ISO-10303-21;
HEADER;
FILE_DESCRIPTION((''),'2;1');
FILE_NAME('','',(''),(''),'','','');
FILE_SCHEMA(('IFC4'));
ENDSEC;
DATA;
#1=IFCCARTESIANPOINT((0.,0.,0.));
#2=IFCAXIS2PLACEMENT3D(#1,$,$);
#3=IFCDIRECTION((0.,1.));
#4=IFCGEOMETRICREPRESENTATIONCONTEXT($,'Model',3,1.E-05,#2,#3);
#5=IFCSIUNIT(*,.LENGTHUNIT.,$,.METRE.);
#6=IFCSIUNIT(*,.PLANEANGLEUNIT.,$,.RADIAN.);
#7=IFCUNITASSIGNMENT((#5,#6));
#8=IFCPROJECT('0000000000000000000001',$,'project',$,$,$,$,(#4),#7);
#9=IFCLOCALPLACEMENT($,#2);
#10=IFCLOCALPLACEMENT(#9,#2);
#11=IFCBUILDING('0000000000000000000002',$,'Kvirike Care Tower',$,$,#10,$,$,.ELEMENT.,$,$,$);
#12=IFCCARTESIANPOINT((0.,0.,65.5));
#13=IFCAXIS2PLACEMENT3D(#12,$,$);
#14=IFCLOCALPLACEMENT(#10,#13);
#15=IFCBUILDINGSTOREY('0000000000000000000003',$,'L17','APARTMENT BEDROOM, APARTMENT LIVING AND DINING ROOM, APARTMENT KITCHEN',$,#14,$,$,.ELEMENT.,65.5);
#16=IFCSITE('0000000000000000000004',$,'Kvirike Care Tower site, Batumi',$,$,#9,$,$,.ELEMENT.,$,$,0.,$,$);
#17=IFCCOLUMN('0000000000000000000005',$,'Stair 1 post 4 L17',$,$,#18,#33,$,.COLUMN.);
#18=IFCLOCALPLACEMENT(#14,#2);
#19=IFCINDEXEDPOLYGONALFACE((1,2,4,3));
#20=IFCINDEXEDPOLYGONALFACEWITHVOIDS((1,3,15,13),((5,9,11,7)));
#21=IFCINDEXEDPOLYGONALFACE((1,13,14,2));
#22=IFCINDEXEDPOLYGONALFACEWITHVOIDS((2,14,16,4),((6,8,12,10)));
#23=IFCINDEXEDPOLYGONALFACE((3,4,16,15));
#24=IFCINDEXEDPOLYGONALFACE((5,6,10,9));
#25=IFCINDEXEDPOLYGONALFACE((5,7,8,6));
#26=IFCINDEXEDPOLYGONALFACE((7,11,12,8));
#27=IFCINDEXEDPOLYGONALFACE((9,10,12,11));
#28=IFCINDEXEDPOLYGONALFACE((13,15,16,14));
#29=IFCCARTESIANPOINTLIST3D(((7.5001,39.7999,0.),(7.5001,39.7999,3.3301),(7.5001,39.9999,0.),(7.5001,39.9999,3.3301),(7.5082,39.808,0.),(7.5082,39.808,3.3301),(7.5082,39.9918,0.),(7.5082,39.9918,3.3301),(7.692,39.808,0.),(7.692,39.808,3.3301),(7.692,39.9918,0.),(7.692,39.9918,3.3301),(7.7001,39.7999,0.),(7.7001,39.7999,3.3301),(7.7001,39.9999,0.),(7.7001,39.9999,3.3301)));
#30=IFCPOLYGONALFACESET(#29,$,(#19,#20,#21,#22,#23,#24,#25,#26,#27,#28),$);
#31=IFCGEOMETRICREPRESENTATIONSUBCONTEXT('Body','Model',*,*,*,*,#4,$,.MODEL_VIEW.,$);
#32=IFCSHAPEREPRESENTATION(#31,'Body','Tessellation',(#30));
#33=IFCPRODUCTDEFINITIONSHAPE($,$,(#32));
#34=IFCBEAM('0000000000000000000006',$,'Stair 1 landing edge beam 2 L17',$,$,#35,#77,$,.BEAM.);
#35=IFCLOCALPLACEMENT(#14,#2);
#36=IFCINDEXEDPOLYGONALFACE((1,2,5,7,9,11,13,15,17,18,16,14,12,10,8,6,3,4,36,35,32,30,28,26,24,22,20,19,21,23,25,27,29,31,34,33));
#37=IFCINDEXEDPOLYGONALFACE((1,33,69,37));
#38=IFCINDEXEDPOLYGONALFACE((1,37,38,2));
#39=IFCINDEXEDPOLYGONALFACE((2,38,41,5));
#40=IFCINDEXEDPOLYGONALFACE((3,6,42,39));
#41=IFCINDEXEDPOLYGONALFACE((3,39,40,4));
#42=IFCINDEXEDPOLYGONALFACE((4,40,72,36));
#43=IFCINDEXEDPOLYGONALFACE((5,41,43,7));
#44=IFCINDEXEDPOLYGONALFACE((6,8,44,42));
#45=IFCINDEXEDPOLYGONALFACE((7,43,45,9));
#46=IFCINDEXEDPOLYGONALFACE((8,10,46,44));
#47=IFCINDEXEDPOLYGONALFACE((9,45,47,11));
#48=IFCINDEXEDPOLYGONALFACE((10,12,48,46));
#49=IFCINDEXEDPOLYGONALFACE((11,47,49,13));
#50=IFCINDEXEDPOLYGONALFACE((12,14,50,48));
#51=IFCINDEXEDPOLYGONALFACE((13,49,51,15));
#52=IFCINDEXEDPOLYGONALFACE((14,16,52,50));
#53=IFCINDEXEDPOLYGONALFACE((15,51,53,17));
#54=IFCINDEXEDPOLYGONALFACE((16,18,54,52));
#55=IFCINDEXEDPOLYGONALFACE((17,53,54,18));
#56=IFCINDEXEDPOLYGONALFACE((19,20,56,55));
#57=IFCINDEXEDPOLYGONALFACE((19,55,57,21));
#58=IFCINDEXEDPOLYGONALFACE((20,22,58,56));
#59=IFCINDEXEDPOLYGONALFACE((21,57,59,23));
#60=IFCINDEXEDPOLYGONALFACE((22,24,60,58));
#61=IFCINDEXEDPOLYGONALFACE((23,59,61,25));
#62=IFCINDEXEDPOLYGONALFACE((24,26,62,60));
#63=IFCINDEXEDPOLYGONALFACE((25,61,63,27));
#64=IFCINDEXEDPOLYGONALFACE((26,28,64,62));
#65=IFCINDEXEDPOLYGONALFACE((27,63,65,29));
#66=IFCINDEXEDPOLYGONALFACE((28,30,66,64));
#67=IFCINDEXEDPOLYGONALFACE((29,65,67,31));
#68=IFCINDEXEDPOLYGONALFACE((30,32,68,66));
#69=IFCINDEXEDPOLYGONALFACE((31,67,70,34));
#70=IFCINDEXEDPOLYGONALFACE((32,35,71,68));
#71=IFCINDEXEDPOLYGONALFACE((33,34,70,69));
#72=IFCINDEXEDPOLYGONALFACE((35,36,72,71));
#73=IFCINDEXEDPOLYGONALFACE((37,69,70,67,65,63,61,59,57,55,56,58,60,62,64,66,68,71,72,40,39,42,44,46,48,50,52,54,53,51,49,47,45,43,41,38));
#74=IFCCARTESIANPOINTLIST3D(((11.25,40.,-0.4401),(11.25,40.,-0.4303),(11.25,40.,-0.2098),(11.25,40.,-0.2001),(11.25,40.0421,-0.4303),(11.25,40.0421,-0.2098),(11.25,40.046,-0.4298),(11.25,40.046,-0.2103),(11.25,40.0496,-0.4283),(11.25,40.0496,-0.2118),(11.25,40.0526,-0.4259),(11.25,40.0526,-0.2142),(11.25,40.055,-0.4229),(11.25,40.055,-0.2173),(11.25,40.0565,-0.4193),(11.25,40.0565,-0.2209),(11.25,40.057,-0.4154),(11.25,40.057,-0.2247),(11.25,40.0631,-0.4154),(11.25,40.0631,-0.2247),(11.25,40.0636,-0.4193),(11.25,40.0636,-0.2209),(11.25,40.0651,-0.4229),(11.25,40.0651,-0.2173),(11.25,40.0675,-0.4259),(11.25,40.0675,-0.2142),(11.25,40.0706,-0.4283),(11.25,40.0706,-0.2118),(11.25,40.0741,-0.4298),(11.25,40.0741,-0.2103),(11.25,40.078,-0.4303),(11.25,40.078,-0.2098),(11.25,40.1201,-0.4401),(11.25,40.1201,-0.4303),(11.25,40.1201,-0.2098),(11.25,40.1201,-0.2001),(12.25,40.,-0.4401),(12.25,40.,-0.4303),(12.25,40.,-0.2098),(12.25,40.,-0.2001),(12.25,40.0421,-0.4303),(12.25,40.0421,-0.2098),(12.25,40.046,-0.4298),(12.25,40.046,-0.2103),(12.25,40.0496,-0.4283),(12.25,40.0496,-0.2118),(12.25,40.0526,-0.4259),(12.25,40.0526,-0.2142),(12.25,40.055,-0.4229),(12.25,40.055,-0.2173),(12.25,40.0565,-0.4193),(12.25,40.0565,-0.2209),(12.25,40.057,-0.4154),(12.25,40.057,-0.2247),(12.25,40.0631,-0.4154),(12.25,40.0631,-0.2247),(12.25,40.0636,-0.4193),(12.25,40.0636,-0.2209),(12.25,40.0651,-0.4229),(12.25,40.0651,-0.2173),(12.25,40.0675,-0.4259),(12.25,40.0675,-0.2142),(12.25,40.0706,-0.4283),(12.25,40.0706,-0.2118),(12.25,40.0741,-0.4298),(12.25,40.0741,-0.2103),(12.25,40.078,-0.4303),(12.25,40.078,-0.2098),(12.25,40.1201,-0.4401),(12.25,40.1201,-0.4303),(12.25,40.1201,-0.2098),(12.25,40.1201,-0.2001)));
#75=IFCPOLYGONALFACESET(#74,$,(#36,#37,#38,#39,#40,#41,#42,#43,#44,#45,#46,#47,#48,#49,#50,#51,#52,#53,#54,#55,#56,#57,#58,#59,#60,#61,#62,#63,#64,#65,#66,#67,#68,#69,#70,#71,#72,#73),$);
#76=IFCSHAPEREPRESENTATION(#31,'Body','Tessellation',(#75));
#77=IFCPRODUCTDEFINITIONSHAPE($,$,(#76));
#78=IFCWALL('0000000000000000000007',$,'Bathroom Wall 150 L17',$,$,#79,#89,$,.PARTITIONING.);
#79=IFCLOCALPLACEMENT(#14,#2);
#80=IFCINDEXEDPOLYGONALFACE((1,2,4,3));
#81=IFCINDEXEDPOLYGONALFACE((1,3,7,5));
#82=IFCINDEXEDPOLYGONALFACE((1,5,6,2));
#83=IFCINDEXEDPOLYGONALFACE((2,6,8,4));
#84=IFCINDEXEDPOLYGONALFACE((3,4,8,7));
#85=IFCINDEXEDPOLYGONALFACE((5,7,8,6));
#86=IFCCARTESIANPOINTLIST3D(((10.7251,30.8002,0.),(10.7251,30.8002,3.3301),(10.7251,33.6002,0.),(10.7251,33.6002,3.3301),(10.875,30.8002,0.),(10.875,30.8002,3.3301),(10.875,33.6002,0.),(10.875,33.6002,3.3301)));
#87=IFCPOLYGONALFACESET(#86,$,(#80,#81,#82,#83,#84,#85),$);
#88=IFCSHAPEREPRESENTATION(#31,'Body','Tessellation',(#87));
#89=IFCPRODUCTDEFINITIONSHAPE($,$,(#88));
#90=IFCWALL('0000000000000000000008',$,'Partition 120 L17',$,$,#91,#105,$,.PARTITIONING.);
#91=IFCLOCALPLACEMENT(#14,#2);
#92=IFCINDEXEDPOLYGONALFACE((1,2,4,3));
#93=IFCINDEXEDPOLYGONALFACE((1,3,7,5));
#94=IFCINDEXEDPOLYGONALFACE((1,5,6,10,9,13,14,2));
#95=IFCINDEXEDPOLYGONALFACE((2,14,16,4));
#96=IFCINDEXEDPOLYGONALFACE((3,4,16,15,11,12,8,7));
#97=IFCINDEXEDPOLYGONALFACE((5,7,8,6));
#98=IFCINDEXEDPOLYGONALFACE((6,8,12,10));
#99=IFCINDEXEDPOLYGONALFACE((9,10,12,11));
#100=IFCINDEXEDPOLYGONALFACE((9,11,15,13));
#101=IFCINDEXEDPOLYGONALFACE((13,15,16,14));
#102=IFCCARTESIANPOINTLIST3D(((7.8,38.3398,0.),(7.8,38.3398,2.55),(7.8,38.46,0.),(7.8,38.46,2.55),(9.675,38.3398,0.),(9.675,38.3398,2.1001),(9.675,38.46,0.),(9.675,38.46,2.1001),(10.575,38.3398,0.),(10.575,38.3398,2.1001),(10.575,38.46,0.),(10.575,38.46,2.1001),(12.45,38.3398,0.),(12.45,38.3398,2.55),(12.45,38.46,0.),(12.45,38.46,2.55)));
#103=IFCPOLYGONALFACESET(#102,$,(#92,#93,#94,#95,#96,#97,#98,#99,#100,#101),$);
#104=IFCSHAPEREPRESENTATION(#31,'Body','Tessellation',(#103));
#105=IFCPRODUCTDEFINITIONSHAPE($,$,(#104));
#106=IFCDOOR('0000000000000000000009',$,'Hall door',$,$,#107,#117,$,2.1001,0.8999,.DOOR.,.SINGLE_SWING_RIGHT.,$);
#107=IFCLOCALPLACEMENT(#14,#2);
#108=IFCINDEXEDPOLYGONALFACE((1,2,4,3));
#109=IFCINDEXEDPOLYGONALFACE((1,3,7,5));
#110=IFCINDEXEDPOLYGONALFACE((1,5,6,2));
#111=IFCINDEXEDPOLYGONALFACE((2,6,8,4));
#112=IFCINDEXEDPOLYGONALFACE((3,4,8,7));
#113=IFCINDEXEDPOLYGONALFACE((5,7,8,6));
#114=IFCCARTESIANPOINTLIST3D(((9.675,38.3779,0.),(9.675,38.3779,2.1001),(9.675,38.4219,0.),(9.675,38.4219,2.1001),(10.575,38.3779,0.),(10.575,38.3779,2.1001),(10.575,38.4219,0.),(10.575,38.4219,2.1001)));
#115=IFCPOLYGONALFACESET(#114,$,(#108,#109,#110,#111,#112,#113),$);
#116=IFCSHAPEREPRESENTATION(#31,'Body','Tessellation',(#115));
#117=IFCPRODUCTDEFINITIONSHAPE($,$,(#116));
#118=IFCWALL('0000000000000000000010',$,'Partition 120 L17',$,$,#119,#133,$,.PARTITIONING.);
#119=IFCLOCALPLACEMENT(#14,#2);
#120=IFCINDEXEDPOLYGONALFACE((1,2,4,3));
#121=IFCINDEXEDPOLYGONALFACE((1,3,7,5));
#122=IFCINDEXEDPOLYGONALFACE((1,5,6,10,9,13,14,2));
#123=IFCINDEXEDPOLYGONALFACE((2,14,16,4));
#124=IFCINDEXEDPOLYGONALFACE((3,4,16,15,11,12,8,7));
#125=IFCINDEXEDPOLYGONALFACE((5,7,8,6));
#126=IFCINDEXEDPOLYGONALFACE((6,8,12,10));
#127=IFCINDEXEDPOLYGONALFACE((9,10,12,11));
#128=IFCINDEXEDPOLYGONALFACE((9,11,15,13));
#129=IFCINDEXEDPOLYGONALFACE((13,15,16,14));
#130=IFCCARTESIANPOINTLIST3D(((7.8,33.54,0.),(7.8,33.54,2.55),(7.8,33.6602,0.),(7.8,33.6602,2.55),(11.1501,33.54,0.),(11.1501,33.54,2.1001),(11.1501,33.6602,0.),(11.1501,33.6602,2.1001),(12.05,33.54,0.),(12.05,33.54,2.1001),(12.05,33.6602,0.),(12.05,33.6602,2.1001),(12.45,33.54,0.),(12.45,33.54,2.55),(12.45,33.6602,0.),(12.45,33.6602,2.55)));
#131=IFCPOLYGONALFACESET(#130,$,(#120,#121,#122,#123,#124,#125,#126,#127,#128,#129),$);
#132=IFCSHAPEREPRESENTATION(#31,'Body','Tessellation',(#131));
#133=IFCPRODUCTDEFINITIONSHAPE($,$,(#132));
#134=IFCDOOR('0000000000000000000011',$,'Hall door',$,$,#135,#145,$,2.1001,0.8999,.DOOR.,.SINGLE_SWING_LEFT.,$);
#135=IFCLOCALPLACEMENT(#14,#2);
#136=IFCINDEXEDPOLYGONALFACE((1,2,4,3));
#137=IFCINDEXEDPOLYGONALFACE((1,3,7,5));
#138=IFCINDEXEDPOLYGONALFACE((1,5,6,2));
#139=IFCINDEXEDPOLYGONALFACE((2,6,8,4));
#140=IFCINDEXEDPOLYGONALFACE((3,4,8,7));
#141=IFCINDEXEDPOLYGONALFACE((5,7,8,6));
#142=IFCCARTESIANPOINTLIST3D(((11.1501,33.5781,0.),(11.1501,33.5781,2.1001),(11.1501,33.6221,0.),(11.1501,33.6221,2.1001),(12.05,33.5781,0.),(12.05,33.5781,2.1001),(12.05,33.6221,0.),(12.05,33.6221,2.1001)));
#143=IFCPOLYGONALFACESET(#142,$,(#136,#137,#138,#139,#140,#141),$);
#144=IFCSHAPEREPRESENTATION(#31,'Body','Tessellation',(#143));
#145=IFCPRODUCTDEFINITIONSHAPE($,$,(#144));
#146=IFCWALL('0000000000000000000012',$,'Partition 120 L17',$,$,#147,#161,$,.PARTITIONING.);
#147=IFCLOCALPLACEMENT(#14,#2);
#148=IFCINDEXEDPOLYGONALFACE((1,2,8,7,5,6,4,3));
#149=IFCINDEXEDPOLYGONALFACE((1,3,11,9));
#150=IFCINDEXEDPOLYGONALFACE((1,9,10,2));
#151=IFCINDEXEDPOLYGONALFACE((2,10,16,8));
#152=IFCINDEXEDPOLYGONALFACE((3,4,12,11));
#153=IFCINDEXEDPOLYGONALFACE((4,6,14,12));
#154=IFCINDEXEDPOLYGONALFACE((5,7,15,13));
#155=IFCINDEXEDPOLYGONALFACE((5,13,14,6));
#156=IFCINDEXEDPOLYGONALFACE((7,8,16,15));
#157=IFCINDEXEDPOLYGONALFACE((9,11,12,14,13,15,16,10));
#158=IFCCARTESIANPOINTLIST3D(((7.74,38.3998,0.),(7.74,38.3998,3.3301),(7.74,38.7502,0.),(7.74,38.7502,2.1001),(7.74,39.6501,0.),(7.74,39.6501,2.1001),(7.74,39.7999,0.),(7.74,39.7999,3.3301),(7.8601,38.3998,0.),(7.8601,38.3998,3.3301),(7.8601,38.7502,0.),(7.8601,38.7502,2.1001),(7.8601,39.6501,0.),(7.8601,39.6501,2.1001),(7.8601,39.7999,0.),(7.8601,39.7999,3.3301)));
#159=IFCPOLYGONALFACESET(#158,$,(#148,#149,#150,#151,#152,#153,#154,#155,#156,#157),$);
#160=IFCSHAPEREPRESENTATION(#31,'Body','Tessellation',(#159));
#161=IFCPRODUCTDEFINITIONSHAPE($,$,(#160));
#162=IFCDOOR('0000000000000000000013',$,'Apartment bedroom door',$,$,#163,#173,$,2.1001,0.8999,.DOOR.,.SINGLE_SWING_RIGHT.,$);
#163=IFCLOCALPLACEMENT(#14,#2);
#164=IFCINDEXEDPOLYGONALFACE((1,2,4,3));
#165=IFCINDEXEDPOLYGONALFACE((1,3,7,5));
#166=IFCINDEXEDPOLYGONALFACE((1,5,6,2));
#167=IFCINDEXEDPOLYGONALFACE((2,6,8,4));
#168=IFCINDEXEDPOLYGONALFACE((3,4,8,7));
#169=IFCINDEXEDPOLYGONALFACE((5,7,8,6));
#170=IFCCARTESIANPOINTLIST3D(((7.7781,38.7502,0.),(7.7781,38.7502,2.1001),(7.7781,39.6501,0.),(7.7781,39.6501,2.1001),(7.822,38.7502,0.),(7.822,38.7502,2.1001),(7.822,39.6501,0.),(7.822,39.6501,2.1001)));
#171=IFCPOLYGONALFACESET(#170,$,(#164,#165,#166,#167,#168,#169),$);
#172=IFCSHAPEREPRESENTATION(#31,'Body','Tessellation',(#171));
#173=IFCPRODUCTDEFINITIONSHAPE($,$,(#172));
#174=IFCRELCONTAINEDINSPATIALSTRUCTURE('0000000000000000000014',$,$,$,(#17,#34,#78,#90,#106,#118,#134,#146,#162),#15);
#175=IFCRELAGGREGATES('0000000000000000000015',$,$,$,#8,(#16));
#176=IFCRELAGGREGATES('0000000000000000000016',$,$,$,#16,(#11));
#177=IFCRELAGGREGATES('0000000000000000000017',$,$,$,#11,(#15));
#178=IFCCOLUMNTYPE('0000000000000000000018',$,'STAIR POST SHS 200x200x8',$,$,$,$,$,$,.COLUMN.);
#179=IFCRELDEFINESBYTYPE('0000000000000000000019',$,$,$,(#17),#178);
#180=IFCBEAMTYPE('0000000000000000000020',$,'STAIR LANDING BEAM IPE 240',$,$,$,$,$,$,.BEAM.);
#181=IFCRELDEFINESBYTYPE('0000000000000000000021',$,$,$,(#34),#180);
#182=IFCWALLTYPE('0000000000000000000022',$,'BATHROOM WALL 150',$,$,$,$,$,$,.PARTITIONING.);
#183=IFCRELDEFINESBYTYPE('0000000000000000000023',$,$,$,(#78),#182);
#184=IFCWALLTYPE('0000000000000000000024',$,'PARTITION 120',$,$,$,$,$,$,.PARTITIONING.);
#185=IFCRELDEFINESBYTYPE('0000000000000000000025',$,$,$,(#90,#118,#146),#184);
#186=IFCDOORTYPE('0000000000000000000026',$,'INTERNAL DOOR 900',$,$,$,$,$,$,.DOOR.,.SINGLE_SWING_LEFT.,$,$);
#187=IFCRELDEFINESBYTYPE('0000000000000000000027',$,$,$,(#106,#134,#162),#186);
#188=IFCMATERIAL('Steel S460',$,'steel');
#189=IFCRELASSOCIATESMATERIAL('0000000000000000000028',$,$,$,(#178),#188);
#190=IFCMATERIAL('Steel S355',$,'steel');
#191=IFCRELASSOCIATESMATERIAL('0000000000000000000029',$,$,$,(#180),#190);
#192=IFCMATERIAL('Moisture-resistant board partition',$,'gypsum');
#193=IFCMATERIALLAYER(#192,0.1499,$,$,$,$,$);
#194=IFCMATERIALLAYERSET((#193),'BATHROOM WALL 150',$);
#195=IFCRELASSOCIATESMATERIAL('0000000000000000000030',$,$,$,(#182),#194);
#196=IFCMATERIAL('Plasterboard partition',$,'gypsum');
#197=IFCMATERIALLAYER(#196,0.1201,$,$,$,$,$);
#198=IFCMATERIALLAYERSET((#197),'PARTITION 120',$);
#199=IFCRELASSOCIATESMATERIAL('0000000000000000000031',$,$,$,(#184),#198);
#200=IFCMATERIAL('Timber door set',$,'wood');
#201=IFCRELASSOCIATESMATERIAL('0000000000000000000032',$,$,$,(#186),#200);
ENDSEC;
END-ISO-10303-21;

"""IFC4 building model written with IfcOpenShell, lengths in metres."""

from ifc_helpers import new_model, si_unit, direction, frame, frame_2d, origin, origin_2d, place, context, subcontext, project, spatial, rectangle, hollow_rectangle, i_section, extrude, material, layer, layer_set, material_profile, profile_set, type_object, element, fill, save


model = new_model("IFC4")

# Units and contexts
model_context = context("Model", 3, precision=1e-05, world=origin(), true_north=direction((0.0, 1.0)))
body_context = subcontext(model_context, "Body", "Model", "MODEL_VIEW")
ifc_project = project(units=[si_unit("LENGTHUNIT", "METRE"), si_unit("PLANEANGLEUNIT", "RADIAN")], contexts=[model_context])

# Site, building, storey
site_placement = place(None, origin())
site = spatial("IfcSite", under=ifc_project, at=site_placement, Name="Kvirike Care Tower site, Batumi", CompositionType="ELEMENT", RefElevation=0.0)
building_placement = place(site_placement, origin())
building = spatial("IfcBuilding", under=site, at=building_placement, Name="Kvirike Care Tower", CompositionType="ELEMENT")
storey_placement = place(building_placement, frame((0.0, 0.0, 65.5)))
storey = spatial("IfcBuildingStorey", under=building, at=storey_placement, Name="L17", Description="APARTMENT BEDROOM, APARTMENT LIVING AND DINING ROOM, APARTMENT KITCHEN", CompositionType="ELEMENT", Elevation=65.5)

# Column
ifc_material_1 = material(Name="Steel S460", Category="steel")
ifc_material_profile_1 = material_profile(ifc_material_1, hollow_rectangle(XDim=0.2, YDim=0.2, WallThickness=0.0081, at=origin_2d()), Name="SHS 200x200x8")
ifc_profile_set_1 = profile_set([ifc_material_profile_1], Name="Steel S460")
column_type = type_object("IfcColumnType", Name="STAIR POST SHS 200x200x8", PredefinedType="COLUMN", material=ifc_profile_set_1)
column_placement = place(storey_placement, frame((7.6001, 39.8999, 0.0), z_axis=(0.0, 0.0, 1.0), x_axis=(1.0, 0.0, 0.0)))
element("IfcColumn", 1, at=column_placement, inside=storey, type_object=column_type, Name="Stair 1 post 4 L17", PredefinedType="COLUMN", context=body_context, shape_type="SweptSolid", body=[
    extrude(hollow_rectangle(XDim=0.2, YDim=0.2, WallThickness=0.0081, at=origin_2d()), origin(), (0.0, 0.0, 1.0), 3.3301),
])

# Beam
ifc_material_2 = material(Name="Steel S355", Category="steel")
ifc_material_profile_2 = material_profile(ifc_material_2, i_section(OverallWidth=0.1201, OverallDepth=0.24, WebThickness=0.0061, FlangeThickness=0.0098, FilletRadius=0.0149, at=origin_2d()), Name="IPE 240")
ifc_profile_set_2 = profile_set([ifc_material_profile_2], Name="Steel S355")
beam_type = type_object("IfcBeamType", Name="STAIR LANDING BEAM IPE 240", PredefinedType="BEAM", material=ifc_profile_set_2)
beam_placement = place(storey_placement, frame((11.25, 40.0601, -0.3201), z_axis=(1.0, 0.0, 0.0), x_axis=(0.0, 1.0, 0.0)))
element("IfcBeam", 2, at=beam_placement, inside=storey, type_object=beam_type, Name="Stair 1 landing edge beam 2 L17", PredefinedType="BEAM", context=body_context, shape_type="SweptSolid", body=[
    extrude(i_section(OverallWidth=0.1201, OverallDepth=0.24, WebThickness=0.0061, FlangeThickness=0.0098, FilletRadius=0.0149, at=origin_2d()), origin(), (0.0, 0.0, 1.0), 1.0),
])

# Wall
ifc_material_3 = material(Name="Moisture-resistant board partition", Category="gypsum")
ifc_layer_1 = layer(ifc_material_3, 0.1499)
ifc_layer_set_1 = layer_set([ifc_layer_1], Name="BATHROOM WALL 150")
wall_type_1 = type_object("IfcWallType", Name="BATHROOM WALL 150", PredefinedType="PARTITIONING", material=ifc_layer_set_1)
wall_1_placement = place(storey_placement, frame((10.8, 33.6001, 0.0), z_axis=(0.0, 0.0, 1.0), x_axis=(0.0, -1.0, 0.0)))
element("IfcWall", 3, at=wall_1_placement, inside=storey, type_object=wall_type_1, Name="Bathroom Wall 150 L17", PredefinedType="PARTITIONING", context=body_context, shape_type="SweptSolid", body=[
    extrude(rectangle(XDim=2.8, YDim=0.1499, at=frame_2d((1.3999, 0.0))), origin(), (0.0, 0.0, 1.0), 3.3301),
])

# Walls, openings, doors
ifc_material_4 = material(Name="Plasterboard partition", Category="gypsum")
ifc_layer_2 = layer(ifc_material_4, 0.1201)
ifc_layer_set_2 = layer_set([ifc_layer_2], Name="PARTITION 120")
wall_type_2 = type_object("IfcWallType", Name="PARTITION 120", PredefinedType="PARTITIONING", material=ifc_layer_set_2)
wall_2_placement = place(storey_placement, frame((7.8, 38.3999, 0.0), z_axis=(0.0, 0.0, 1.0), x_axis=(1.0, 0.0, 0.0)))
wall_2 = element("IfcWall", 4, at=wall_2_placement, inside=storey, type_object=wall_type_2, Name="Partition 120 L17", PredefinedType="PARTITIONING", context=body_context, shape_type="SweptSolid", body=[
    extrude(rectangle(XDim=4.6499, YDim=0.1201, at=frame_2d((2.325, 0.0))), origin(), (0.0, 0.0, 1.0), 2.55),
])
opening_1_placement = place(wall_2_placement, frame((1.875, 0.0, 0.0)))
opening_1 = element("IfcOpeningElement", 5, at=opening_1_placement, cuts=wall_2, PredefinedType="OPENING", context=body_context, shape_type="SweptSolid", body=[
    extrude(rectangle(XDim=0.8999, YDim=2.1001, at=frame_2d((0.45, 1.05))), frame((0.0, 0.0706, 0.0), z_axis=(0.0, -1.0, 0.0), x_axis=(1.0, 0.0, 0.0)), (0.0, 0.0, 1.0), 0.1411),
])
ifc_material_5 = material(Name="Timber door set", Category="wood")
door_type_1 = type_object("IfcDoorType", Name="INTERNAL DOOR 900", OperationType="SINGLE_SWING_LEFT", PredefinedType="DOOR", material=ifc_material_5)
door_1_placement = place(opening_1_placement, origin())
door_1 = element("IfcDoor", 6, at=door_1_placement, inside=storey, type_object=door_type_1, Name="Hall door", OperationType="SINGLE_SWING_RIGHT", OverallHeight=2.1001, OverallWidth=0.8999, PredefinedType="DOOR", context=body_context, shape_type="SweptSolid", body=[
    extrude(rectangle(XDim=0.8999, YDim=2.1001, at=frame_2d((0.45, 1.05))), frame((0.0, 0.022, 0.0), z_axis=(0.0, -1.0, 0.0), x_axis=(1.0, 0.0, 0.0)), (0.0, 0.0, 1.0), 0.0439),
])
fill(opening_1, door_1)
wall_3_placement = place(storey_placement, frame((7.8, 33.6001, 0.0), z_axis=(0.0, 0.0, 1.0), x_axis=(1.0, 0.0, 0.0)))
wall_3 = element("IfcWall", 7, at=wall_3_placement, inside=storey, type_object=wall_type_2, Name="Partition 120 L17", PredefinedType="PARTITIONING", context=body_context, shape_type="SweptSolid", body=[
    extrude(rectangle(XDim=4.6499, YDim=0.1201, at=frame_2d((2.325, 0.0))), origin(), (0.0, 0.0, 1.0), 2.55),
])
opening_2_placement = place(wall_3_placement, frame((3.3501, 0.0, 0.0)))
opening_2 = element("IfcOpeningElement", 8, at=opening_2_placement, cuts=wall_3, PredefinedType="OPENING", context=body_context, shape_type="SweptSolid", body=[
    extrude(rectangle(XDim=0.8999, YDim=2.1001, at=frame_2d((0.45, 1.05))), frame((0.0, 0.0706, 0.0), z_axis=(0.0, -1.0, 0.0), x_axis=(1.0, 0.0, 0.0)), (0.0, 0.0, 1.0), 0.1411),
])
door_2_placement = place(opening_2_placement, origin())
door_2 = element("IfcDoor", 9, at=door_2_placement, inside=storey, type_object=door_type_1, Name="Hall door", OperationType="SINGLE_SWING_LEFT", OverallHeight=2.1001, OverallWidth=0.8999, PredefinedType="DOOR", context=body_context, shape_type="SweptSolid", body=[
    extrude(rectangle(XDim=0.8999, YDim=2.1001, at=frame_2d((0.45, 1.05))), frame((0.0, 0.022, 0.0), z_axis=(0.0, -1.0, 0.0), x_axis=(1.0, 0.0, 0.0)), (0.0, 0.0, 1.0), 0.0439),
])
fill(opening_2, door_2)
wall_4_placement = place(storey_placement, frame((7.8, 39.8, 0.0), z_axis=(0.0, 0.0, 1.0), x_axis=(0.0, -1.0, 0.0)))
wall_4 = element("IfcWall", 10, at=wall_4_placement, inside=storey, type_object=wall_type_2, Name="Partition 120 L17", PredefinedType="PARTITIONING", context=body_context, shape_type="SweptSolid", body=[
    extrude(rectangle(XDim=1.4001, YDim=0.1201, at=frame_2d((0.7002, 0.0))), origin(), (0.0, 0.0, 1.0), 3.3301),
])
opening_3_placement = place(wall_4_placement, frame((0.1499, 0.0, 0.0)))
opening_3 = element("IfcOpeningElement", 11, at=opening_3_placement, cuts=wall_4, PredefinedType="OPENING", context=body_context, shape_type="SweptSolid", body=[
    extrude(rectangle(XDim=0.8999, YDim=2.1001, at=frame_2d((0.45, 1.05))), frame((0.0, 0.0706, 0.0), z_axis=(0.0, -1.0, 0.0), x_axis=(1.0, 0.0, 0.0)), (0.0, 0.0, 1.0), 0.1411),
])
door_3_placement = place(opening_3_placement, origin())
door_3 = element("IfcDoor", 12, at=door_3_placement, inside=storey, type_object=door_type_1, Name="Apartment bedroom door", OperationType="SINGLE_SWING_RIGHT", OverallHeight=2.1001, OverallWidth=0.8999, PredefinedType="DOOR", context=body_context, shape_type="SweptSolid", body=[
    extrude(rectangle(XDim=0.8999, YDim=2.1001, at=frame_2d((0.45, 1.05))), frame((0.0, 0.022, 0.0), z_axis=(0.0, -1.0, 0.0), x_axis=(1.0, 0.0, 0.0)), (0.0, 0.0, 1.0), 0.0439),
])
fill(opening_3, door_3)

save(model, "model.ifc")
